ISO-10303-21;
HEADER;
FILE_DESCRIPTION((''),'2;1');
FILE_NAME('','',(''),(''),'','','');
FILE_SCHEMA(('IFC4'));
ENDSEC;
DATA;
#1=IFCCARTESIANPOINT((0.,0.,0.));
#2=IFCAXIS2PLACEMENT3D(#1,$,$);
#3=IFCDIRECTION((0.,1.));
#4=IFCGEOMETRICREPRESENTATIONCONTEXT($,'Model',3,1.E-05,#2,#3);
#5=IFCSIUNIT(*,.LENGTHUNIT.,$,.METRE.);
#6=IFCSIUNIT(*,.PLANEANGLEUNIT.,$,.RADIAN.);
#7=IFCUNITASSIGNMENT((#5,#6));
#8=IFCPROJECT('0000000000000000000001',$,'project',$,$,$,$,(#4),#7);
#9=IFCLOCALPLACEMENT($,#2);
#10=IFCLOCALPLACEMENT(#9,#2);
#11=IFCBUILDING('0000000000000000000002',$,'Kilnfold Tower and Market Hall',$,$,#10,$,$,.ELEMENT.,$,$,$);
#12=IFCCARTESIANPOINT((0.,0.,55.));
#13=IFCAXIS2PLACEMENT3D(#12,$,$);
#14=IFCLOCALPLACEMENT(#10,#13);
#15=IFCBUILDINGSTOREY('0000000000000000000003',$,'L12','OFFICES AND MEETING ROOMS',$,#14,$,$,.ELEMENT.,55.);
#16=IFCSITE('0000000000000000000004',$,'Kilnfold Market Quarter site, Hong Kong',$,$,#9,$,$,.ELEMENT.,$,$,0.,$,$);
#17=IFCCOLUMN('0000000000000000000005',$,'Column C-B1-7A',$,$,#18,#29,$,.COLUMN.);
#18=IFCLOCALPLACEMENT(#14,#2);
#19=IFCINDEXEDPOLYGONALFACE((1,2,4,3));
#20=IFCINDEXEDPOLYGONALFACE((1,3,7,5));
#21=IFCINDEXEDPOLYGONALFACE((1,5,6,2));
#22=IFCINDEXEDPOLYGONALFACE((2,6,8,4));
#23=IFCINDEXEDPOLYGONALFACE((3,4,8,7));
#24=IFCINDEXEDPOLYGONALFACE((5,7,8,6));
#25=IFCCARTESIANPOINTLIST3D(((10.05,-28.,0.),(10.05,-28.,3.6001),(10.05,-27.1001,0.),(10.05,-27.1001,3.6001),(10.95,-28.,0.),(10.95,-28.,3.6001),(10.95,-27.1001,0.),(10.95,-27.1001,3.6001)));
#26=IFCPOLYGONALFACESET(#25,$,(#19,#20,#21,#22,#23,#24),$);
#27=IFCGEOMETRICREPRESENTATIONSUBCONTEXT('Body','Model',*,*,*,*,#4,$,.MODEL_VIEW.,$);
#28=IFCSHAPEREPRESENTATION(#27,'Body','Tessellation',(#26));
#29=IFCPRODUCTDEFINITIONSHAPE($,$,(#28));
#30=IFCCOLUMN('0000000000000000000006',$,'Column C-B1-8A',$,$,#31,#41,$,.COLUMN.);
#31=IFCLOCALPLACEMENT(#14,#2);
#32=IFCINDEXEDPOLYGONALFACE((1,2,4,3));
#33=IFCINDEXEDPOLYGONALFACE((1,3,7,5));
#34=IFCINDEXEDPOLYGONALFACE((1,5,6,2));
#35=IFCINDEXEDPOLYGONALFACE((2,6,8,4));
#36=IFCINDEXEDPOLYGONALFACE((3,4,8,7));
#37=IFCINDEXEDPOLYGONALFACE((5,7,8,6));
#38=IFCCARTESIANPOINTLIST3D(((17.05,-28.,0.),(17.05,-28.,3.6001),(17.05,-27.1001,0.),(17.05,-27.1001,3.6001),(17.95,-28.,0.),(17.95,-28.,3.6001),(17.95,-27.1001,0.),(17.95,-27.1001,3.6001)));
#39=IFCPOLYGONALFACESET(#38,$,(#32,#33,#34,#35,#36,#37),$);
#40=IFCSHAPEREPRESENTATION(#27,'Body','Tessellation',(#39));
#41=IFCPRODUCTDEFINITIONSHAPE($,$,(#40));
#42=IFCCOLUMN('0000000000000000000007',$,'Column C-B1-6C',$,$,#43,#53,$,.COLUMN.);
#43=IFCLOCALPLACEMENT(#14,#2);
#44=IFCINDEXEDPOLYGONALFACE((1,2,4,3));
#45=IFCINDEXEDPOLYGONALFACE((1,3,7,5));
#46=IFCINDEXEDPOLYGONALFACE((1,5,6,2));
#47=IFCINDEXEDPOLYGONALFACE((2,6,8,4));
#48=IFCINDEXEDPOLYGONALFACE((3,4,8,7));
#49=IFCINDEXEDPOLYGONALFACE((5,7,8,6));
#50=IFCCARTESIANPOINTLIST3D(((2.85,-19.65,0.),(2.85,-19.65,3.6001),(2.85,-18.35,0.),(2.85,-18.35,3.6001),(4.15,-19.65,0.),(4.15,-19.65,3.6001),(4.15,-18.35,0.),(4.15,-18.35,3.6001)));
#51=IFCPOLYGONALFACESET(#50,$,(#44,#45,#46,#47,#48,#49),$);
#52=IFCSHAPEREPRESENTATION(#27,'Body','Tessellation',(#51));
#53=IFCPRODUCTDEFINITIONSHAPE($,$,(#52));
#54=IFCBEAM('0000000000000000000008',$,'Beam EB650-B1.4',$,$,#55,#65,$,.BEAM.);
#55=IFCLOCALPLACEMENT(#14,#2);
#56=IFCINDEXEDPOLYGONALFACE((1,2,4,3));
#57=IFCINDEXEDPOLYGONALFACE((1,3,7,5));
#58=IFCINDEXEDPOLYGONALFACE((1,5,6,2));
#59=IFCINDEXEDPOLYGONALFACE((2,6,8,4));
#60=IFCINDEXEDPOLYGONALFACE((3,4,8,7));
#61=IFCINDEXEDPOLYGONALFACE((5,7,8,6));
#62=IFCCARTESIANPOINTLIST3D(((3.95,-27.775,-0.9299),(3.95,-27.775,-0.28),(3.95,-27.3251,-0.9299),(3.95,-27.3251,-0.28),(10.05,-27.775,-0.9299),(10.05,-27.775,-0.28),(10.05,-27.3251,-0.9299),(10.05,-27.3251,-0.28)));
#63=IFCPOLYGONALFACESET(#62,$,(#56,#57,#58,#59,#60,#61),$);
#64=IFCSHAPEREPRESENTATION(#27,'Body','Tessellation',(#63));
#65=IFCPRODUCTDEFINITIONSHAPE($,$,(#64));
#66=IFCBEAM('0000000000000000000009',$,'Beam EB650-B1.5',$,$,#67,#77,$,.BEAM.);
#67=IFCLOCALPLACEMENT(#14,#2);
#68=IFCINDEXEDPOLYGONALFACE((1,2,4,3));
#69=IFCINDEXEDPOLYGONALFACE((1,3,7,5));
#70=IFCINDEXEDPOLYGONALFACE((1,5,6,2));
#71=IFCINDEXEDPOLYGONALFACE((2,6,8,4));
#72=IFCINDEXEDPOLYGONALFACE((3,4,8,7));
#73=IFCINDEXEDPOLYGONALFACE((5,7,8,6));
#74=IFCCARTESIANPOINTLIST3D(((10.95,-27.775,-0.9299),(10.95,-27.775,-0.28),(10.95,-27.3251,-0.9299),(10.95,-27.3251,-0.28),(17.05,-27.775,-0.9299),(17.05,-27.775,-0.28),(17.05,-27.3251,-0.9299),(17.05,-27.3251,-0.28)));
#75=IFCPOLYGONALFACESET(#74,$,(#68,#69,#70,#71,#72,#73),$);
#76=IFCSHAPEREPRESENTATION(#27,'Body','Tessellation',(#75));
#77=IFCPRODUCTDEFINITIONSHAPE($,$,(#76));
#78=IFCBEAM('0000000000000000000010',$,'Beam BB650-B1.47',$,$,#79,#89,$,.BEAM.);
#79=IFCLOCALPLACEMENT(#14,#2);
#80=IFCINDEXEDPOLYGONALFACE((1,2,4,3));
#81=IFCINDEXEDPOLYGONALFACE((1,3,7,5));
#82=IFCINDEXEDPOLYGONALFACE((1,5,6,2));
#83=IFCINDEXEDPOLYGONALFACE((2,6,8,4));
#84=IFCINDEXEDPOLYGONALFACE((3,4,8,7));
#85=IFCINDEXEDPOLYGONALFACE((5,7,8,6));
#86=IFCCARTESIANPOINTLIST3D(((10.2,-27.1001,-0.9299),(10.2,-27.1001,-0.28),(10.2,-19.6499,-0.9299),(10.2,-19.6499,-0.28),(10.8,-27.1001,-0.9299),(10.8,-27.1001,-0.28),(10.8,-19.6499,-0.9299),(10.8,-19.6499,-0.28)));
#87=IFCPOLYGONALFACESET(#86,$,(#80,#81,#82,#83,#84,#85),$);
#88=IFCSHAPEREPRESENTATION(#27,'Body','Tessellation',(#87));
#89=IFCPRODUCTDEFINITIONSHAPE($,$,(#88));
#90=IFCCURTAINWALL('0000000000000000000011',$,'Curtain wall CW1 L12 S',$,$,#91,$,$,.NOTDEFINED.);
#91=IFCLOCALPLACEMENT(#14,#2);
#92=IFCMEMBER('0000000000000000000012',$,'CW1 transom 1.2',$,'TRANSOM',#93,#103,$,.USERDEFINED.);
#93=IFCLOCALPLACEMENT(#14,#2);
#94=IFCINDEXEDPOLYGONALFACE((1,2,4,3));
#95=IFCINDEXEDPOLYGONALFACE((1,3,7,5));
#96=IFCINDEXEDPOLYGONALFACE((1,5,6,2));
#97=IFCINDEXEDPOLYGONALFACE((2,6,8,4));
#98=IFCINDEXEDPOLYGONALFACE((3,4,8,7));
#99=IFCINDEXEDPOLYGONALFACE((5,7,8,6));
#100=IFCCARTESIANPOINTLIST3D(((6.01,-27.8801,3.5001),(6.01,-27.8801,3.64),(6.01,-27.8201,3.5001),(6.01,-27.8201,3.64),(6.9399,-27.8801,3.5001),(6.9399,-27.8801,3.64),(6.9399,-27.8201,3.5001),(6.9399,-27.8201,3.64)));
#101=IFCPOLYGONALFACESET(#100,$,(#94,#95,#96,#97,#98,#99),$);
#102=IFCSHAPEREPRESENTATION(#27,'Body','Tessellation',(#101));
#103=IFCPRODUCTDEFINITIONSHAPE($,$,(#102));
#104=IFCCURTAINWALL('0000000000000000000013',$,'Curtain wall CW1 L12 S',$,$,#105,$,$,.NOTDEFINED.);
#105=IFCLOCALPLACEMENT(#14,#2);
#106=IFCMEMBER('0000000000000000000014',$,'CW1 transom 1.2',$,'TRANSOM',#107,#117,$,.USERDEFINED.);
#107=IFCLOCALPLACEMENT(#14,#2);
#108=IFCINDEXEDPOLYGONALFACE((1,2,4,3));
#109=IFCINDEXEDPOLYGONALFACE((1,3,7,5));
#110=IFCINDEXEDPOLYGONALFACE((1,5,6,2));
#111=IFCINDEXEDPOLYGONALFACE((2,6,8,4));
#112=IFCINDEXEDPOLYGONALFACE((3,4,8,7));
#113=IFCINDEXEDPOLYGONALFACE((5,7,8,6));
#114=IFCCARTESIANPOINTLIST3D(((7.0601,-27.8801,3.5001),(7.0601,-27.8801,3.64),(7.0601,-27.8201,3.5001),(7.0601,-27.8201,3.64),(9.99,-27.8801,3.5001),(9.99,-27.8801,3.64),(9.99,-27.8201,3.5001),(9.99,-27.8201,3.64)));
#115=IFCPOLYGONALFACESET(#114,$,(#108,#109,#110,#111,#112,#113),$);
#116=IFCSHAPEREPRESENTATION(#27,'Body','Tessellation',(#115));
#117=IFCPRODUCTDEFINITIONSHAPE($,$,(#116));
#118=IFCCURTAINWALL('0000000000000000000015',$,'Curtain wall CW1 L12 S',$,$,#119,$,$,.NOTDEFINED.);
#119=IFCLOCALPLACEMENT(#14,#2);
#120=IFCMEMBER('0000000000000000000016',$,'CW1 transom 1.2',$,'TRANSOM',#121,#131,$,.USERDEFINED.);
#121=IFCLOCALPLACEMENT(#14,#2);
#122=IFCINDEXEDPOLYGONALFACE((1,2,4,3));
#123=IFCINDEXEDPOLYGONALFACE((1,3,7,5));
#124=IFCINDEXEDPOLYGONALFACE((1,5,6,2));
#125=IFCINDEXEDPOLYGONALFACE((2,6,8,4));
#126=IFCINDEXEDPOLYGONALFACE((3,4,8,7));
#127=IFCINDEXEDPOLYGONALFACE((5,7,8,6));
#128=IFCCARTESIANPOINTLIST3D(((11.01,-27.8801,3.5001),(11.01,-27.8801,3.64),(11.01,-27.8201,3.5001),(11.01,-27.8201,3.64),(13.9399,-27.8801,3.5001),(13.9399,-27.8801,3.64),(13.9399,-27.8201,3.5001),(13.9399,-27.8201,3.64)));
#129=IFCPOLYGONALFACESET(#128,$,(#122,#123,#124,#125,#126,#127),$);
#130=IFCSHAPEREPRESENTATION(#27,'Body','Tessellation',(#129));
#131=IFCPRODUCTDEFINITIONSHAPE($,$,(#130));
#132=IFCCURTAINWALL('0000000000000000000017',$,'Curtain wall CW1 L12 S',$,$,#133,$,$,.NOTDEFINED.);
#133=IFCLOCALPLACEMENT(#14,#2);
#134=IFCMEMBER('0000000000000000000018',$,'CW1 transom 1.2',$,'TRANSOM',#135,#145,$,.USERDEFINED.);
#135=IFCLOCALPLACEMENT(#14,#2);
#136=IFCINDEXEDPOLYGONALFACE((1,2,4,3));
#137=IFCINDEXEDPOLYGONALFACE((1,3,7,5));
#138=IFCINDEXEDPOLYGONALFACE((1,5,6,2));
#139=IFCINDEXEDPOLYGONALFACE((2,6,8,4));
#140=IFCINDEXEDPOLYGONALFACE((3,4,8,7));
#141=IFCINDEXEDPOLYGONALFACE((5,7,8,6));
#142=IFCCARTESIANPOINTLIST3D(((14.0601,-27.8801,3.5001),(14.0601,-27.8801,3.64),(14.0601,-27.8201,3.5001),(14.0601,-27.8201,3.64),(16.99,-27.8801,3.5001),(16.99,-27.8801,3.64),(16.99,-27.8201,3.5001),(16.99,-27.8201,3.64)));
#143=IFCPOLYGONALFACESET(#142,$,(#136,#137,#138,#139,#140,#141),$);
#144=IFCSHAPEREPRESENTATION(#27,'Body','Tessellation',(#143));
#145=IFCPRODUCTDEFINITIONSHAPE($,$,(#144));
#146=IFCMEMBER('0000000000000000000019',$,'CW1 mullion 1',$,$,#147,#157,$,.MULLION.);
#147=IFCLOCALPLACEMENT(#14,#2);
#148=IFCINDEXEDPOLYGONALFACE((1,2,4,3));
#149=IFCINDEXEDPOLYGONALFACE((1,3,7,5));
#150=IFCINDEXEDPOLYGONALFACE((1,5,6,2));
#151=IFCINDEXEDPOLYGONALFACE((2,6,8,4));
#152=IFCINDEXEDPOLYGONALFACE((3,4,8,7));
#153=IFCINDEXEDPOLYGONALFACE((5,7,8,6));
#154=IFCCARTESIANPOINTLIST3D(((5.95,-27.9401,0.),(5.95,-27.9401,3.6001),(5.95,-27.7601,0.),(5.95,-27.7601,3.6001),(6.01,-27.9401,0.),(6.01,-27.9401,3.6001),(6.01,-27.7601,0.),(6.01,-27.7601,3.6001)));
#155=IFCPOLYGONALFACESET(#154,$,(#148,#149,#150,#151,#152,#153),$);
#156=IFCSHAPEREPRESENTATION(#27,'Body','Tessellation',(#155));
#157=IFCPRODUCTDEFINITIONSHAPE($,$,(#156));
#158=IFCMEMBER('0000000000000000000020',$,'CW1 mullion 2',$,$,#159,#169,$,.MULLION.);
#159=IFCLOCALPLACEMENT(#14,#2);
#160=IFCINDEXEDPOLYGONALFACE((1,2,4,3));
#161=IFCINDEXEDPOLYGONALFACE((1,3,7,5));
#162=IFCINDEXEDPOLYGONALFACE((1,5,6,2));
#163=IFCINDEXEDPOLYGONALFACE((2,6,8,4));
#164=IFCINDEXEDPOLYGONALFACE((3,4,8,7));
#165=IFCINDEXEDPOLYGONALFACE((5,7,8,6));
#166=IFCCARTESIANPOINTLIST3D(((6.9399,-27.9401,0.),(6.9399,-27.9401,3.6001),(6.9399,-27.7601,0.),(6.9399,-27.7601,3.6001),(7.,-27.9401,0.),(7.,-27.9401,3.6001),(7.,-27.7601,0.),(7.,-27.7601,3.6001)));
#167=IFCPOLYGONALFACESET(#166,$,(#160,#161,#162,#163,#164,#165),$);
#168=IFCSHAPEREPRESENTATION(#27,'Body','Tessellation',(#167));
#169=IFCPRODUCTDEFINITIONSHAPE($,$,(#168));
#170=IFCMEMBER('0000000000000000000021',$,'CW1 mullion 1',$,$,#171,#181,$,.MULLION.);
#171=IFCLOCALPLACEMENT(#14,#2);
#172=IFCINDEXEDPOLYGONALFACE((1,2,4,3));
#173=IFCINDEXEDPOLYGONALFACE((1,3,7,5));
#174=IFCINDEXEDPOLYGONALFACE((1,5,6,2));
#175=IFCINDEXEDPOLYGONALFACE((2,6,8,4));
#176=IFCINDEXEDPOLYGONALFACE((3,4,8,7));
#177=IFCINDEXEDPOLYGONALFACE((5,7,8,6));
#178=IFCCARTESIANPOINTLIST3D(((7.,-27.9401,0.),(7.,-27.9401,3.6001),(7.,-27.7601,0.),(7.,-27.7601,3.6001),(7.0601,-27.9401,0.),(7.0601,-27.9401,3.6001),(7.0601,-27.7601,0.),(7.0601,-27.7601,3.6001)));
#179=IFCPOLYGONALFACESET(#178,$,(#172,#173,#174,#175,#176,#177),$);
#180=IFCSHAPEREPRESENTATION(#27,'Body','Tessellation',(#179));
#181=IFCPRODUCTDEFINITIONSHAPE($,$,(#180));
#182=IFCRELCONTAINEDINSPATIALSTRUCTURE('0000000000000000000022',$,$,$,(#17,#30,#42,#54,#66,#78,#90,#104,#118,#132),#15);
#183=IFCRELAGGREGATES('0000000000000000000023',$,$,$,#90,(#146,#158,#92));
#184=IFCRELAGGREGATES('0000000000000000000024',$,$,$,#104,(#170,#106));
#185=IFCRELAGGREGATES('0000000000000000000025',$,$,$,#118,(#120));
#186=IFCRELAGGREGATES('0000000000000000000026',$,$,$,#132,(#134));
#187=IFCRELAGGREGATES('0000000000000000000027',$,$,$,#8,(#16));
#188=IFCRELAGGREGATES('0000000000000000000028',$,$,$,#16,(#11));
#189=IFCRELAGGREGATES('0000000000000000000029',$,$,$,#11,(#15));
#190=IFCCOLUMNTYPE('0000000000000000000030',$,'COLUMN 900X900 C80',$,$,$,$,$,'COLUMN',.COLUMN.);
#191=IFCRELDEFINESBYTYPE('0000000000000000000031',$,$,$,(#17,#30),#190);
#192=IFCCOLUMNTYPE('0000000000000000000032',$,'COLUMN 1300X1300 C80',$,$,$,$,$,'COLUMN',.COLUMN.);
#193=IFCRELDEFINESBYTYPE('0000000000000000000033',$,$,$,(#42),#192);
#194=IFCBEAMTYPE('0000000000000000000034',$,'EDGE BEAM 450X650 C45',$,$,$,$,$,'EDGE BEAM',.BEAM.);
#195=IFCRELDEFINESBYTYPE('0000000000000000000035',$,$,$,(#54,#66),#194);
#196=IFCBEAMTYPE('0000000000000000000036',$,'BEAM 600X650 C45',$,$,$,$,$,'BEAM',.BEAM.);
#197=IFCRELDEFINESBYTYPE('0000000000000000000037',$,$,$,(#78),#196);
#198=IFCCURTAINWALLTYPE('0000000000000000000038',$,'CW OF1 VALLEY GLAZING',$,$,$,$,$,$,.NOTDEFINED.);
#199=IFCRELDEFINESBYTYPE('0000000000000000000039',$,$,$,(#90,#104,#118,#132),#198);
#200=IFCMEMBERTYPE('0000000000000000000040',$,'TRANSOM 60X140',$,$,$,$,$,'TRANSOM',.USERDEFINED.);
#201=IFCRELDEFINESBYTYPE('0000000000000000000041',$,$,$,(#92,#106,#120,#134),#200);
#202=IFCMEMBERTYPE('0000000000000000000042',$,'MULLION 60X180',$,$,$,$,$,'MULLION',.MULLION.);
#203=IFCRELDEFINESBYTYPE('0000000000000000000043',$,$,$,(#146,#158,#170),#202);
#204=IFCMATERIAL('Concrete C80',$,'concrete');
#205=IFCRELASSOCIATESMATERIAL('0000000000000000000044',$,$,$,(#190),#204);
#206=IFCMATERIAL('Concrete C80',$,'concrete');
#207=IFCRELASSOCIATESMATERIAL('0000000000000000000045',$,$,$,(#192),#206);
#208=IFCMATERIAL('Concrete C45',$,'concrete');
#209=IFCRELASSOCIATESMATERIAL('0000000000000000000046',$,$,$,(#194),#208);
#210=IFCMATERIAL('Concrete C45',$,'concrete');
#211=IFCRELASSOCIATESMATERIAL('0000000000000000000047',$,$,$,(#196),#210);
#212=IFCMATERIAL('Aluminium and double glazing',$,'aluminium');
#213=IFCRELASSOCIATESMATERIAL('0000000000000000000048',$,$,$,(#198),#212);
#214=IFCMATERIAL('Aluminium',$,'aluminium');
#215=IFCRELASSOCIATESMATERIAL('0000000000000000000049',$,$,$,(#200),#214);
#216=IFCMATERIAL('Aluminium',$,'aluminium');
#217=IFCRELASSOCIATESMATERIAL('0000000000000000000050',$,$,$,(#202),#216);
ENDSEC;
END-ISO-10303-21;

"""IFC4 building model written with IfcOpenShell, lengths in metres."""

from ifc_helpers import new_model, si_unit, direction, frame, origin, origin_2d, place, context, subcontext, project, spatial, rectangle, extrude, source, transform, mapped, material, material_profile, profile_set, type_object, element, aggregate, save


model = new_model("IFC4")

# Units and contexts
model_context = context("Model", 3, precision=1e-05, world=origin(), true_north=direction((0.0, 1.0)))
body_context = subcontext(model_context, "Body", "Model", "MODEL_VIEW")
ifc_project = project(units=[si_unit("LENGTHUNIT", "METRE"), si_unit("PLANEANGLEUNIT", "RADIAN")], contexts=[model_context])

# Site, building, storey
site_placement = place(None, origin())
site = spatial("IfcSite", under=ifc_project, at=site_placement, Name="Kilnfold Market Quarter site, Hong Kong", CompositionType="ELEMENT", RefElevation=0.0)
building_placement = place(site_placement, origin())
building = spatial("IfcBuilding", under=site, at=building_placement, Name="Kilnfold Tower and Market Hall", CompositionType="ELEMENT")
storey_placement = place(building_placement, frame((0.0, 0.0, 55.0)))
storey = spatial("IfcBuildingStorey", under=building, at=storey_placement, Name="L12", Description="OFFICES AND MEETING ROOMS", CompositionType="ELEMENT", Elevation=55.0)

# Columns
ifc_material_1 = material(Name="Concrete C80", Category="concrete")
ifc_material_profile_1 = material_profile(ifc_material_1, rectangle(XDim=0.8999, YDim=0.8999, at=origin_2d()), Name="RC 900x900")
ifc_profile_set_1 = profile_set([ifc_material_profile_1], Name="Concrete C80")
column_type_1 = type_object("IfcColumnType", Name="COLUMN 900X900 C80", ElementType="COLUMN", PredefinedType="COLUMN", material=ifc_profile_set_1)
shared_shape_1 = source(origin(), body_context, "Body", "SweptSolid", [
    extrude(rectangle(XDim=0.8999, YDim=0.8999, at=origin_2d()), origin(), (0.0, 0.0, 1.0), 3.6001),
])
for number, where, z_axis, x_axis, name in (
    (1, (10.5, -27.55, 0.0), (0.0, 0.0, 1.0), (1.0, 0.0, 0.0), "Column C-B1-7A"),
    (2, (17.5, -27.55, 0.0), (0.0, 0.0, 1.0), (1.0, 0.0, 0.0), "Column C-B1-8A"),
):
    element("IfcColumn", number, at=place(storey_placement, frame(where, z_axis=z_axis, x_axis=x_axis)), inside=storey, type_object=column_type_1, Name=name, PredefinedType="COLUMN", context=body_context, shape_type="MappedRepresentation", body=[
        mapped(shared_shape_1, transform((0.0, 0.0, 0.0))),
    ])
ifc_material_2 = material(Name="Concrete C80", Category="concrete")
ifc_material_profile_2 = material_profile(ifc_material_2, rectangle(XDim=1.3, YDim=1.3, at=origin_2d()), Name="RC 1300x1300")
ifc_profile_set_2 = profile_set([ifc_material_profile_2], Name="Concrete C80")
column_type_2 = type_object("IfcColumnType", Name="COLUMN 1300X1300 C80", ElementType="COLUMN", PredefinedType="COLUMN", material=ifc_profile_set_2)
shared_shape_2 = source(origin(), body_context, "Body", "SweptSolid", [
    extrude(rectangle(XDim=1.3, YDim=1.3, at=origin_2d()), origin(), (0.0, 0.0, 1.0), 3.6001),
])
column_placement = place(storey_placement, frame((3.5, -19.0, 0.0), z_axis=(0.0, 0.0, 1.0), x_axis=(1.0, 0.0, 0.0)))
element("IfcColumn", 3, at=column_placement, inside=storey, type_object=column_type_2, Name="Column C-B1-6C", PredefinedType="COLUMN", context=body_context, shape_type="MappedRepresentation", body=[
    mapped(shared_shape_2, transform((0.0, 0.0, 0.0))),
])

# Beams
ifc_material_3 = material(Name="Concrete C45", Category="concrete")
ifc_material_profile_3 = material_profile(ifc_material_3, rectangle(XDim=0.45, YDim=0.6499, at=origin_2d()), Name="RC 450x650")
ifc_profile_set_3 = profile_set([ifc_material_profile_3], Name="Concrete C45")
beam_type_1 = type_object("IfcBeamType", Name="EDGE BEAM 450X650 C45", ElementType="EDGE BEAM", PredefinedType="BEAM", material=ifc_profile_set_3)
shared_shape_3 = source(origin(), body_context, "Body", "SweptSolid", [
    extrude(rectangle(XDim=0.45, YDim=0.6499, at=origin_2d()), origin(), (0.0, 0.0, 1.0), 6.1001),
])
for number, where, z_axis, x_axis, name in (
    (4, (3.95, -27.55, -0.605), (1.0, 0.0, 0.0), (0.0, 1.0, 0.0), "Beam EB650-B1.4"),
    (5, (10.95, -27.55, -0.605), (1.0, 0.0, 0.0), (0.0, 1.0, 0.0), "Beam EB650-B1.5"),
):
    element("IfcBeam", number, at=place(storey_placement, frame(where, z_axis=z_axis, x_axis=x_axis)), inside=storey, type_object=beam_type_1, Name=name, PredefinedType="BEAM", context=body_context, shape_type="MappedRepresentation", body=[
        mapped(shared_shape_3, transform((0.0, 0.0, 0.0))),
    ])
ifc_material_4 = material(Name="Concrete C45", Category="concrete")
ifc_material_profile_4 = material_profile(ifc_material_4, rectangle(XDim=0.6001, YDim=0.6499, at=origin_2d()), Name="RC 600x650")
ifc_profile_set_4 = profile_set([ifc_material_profile_4], Name="Concrete C45")
beam_type_2 = type_object("IfcBeamType", Name="BEAM 600X650 C45", ElementType="BEAM", PredefinedType="BEAM", material=ifc_profile_set_4)
shared_shape_4 = source(origin(), body_context, "Body", "SweptSolid", [
    extrude(rectangle(XDim=0.6001, YDim=0.6499, at=origin_2d()), origin(), (0.0, 0.0, 1.0), 7.4502),
])
beam_placement = place(storey_placement, frame((10.5, -27.1001, -0.605), z_axis=(0.0, 1.0, 0.0), x_axis=(-1.0, 0.0, 0.0)))
element("IfcBeam", 6, at=beam_placement, inside=storey, type_object=beam_type_2, Name="Beam BB650-B1.47", PredefinedType="BEAM", context=body_context, shape_type="MappedRepresentation", body=[
    mapped(shared_shape_4, transform((0.0, 0.0, 0.0))),
])

# Curtain walls, members
ifc_material_5 = material(Name="Aluminium and double glazing", Category="aluminium")
curtain_wall_type = type_object("IfcCurtainWallType", Name="CW OF1 VALLEY GLAZING", PredefinedType="NOTDEFINED", material=ifc_material_5)
curtain_wall_1_placement = place(storey_placement, origin())
curtain_wall_1 = element("IfcCurtainWall", 7, at=curtain_wall_1_placement, inside=storey, type_object=curtain_wall_type, Name="Curtain wall CW1 L12 S", PredefinedType="NOTDEFINED")
ifc_material_6 = material(Name="Aluminium", Category="aluminium")
ifc_material_profile_5 = material_profile(ifc_material_6, rectangle(XDim=0.0601, YDim=0.1399, at=origin_2d()), Name="TRANSOM 60x140")
ifc_profile_set_5 = profile_set([ifc_material_profile_5], Name="Aluminium")
member_type_1 = type_object("IfcMemberType", Name="TRANSOM 60X140", ElementType="TRANSOM", PredefinedType="USERDEFINED", material=ifc_profile_set_5)
shared_shape_5 = source(origin(), body_context, "Body", "SweptSolid", [
    extrude(rectangle(XDim=0.0601, YDim=0.1399, at=origin_2d()), origin(), (0.0, 0.0, 1.0), 0.9299),
])
member_1_placement = place(storey_placement, frame((6.01, -27.8501, 3.5701), z_axis=(1.0, 0.0, 0.0), x_axis=(0.0, 1.0, 0.0)))
member_1 = element("IfcMember", 8, at=member_1_placement, type_object=member_type_1, Name="CW1 transom 1.2", ObjectType="TRANSOM", PredefinedType="USERDEFINED", context=body_context, shape_type="MappedRepresentation", body=[
    mapped(shared_shape_5, transform((0.0, 0.0, 0.0))),
])
curtain_wall_2_placement = place(storey_placement, origin())
curtain_wall_2 = element("IfcCurtainWall", 9, at=curtain_wall_2_placement, inside=storey, type_object=curtain_wall_type, Name="Curtain wall CW1 L12 S", PredefinedType="NOTDEFINED")
shared_shape_6 = source(origin(), body_context, "Body", "SweptSolid", [
    extrude(rectangle(XDim=0.0601, YDim=0.1399, at=origin_2d()), origin(), (0.0, 0.0, 1.0), 2.9299),
])
member_2_placement = place(storey_placement, frame((7.0601, -27.8501, 3.5701), z_axis=(1.0, 0.0, 0.0), x_axis=(0.0, 1.0, 0.0)))
member_2 = element("IfcMember", 10, at=member_2_placement, type_object=member_type_1, Name="CW1 transom 1.2", ObjectType="TRANSOM", PredefinedType="USERDEFINED", context=body_context, shape_type="MappedRepresentation", body=[
    mapped(shared_shape_6, transform((0.0, 0.0, 0.0))),
])
curtain_wall_3_placement = place(storey_placement, origin())
curtain_wall_3 = element("IfcCurtainWall", 11, at=curtain_wall_3_placement, inside=storey, type_object=curtain_wall_type, Name="Curtain wall CW1 L12 S", PredefinedType="NOTDEFINED")
member_3_placement = place(storey_placement, frame((11.01, -27.8501, 3.5701), z_axis=(1.0, 0.0, 0.0), x_axis=(0.0, 1.0, 0.0)))
member_3 = element("IfcMember", 12, at=member_3_placement, type_object=member_type_1, Name="CW1 transom 1.2", ObjectType="TRANSOM", PredefinedType="USERDEFINED", context=body_context, shape_type="MappedRepresentation", body=[
    mapped(shared_shape_6, transform((0.0, 0.0, 0.0))),
])
curtain_wall_4_placement = place(storey_placement, origin())
curtain_wall_4 = element("IfcCurtainWall", 13, at=curtain_wall_4_placement, inside=storey, type_object=curtain_wall_type, Name="Curtain wall CW1 L12 S", PredefinedType="NOTDEFINED")
member_4_placement = place(storey_placement, frame((14.0601, -27.8501, 3.5701), z_axis=(1.0, 0.0, 0.0), x_axis=(0.0, 1.0, 0.0)))
member_4 = element("IfcMember", 14, at=member_4_placement, type_object=member_type_1, Name="CW1 transom 1.2", ObjectType="TRANSOM", PredefinedType="USERDEFINED", context=body_context, shape_type="MappedRepresentation", body=[
    mapped(shared_shape_6, transform((0.0, 0.0, 0.0))),
])

# Members
ifc_material_7 = material(Name="Aluminium", Category="aluminium")
ifc_material_profile_6 = material_profile(ifc_material_7, rectangle(XDim=0.0601, YDim=0.1799, at=origin_2d()), Name="MULLION 60x180")
ifc_profile_set_6 = profile_set([ifc_material_profile_6], Name="Aluminium")
member_type_2 = type_object("IfcMemberType", Name="MULLION 60X180", ElementType="MULLION", PredefinedType="MULLION", material=ifc_profile_set_6)
shared_shape_7 = source(origin(), body_context, "Body", "SweptSolid", [
    extrude(rectangle(XDim=0.0601, YDim=0.1799, at=origin_2d()), origin(), (0.0, 0.0, 1.0), 3.6001),
])
member_5_placement = place(storey_placement, frame((5.98, -27.8501, 0.0), z_axis=(0.0, 0.0, 1.0), x_axis=(1.0, 0.0, 0.0)))
member_5 = element("IfcMember", 15, at=member_5_placement, type_object=member_type_2, Name="CW1 mullion 1", PredefinedType="MULLION", context=body_context, shape_type="MappedRepresentation", body=[
    mapped(shared_shape_7, transform((0.0, 0.0, 0.0))),
])
member_6_placement = place(storey_placement, frame((6.97, -27.8501, 0.0), z_axis=(0.0, 0.0, 1.0), x_axis=(1.0, 0.0, 0.0)))
member_6 = element("IfcMember", 16, at=member_6_placement, type_object=member_type_2, Name="CW1 mullion 2", PredefinedType="MULLION", context=body_context, shape_type="MappedRepresentation", body=[
    mapped(shared_shape_7, transform((0.0, 0.0, 0.0))),
])
member_7_placement = place(storey_placement, frame((7.03, -27.8501, 0.0), z_axis=(0.0, 0.0, 1.0), x_axis=(1.0, 0.0, 0.0)))
member_7 = element("IfcMember", 17, at=member_7_placement, type_object=member_type_2, Name="CW1 mullion 1", PredefinedType="MULLION", context=body_context, shape_type="MappedRepresentation", body=[
    mapped(shared_shape_7, transform((0.0, 0.0, 0.0))),
])

aggregate(curtain_wall_1, [member_5, member_6, member_1])
aggregate(curtain_wall_2, [member_7, member_2])
aggregate(curtain_wall_3, [member_3])
aggregate(curtain_wall_4, [member_4])

save(model, "model.ifc")
